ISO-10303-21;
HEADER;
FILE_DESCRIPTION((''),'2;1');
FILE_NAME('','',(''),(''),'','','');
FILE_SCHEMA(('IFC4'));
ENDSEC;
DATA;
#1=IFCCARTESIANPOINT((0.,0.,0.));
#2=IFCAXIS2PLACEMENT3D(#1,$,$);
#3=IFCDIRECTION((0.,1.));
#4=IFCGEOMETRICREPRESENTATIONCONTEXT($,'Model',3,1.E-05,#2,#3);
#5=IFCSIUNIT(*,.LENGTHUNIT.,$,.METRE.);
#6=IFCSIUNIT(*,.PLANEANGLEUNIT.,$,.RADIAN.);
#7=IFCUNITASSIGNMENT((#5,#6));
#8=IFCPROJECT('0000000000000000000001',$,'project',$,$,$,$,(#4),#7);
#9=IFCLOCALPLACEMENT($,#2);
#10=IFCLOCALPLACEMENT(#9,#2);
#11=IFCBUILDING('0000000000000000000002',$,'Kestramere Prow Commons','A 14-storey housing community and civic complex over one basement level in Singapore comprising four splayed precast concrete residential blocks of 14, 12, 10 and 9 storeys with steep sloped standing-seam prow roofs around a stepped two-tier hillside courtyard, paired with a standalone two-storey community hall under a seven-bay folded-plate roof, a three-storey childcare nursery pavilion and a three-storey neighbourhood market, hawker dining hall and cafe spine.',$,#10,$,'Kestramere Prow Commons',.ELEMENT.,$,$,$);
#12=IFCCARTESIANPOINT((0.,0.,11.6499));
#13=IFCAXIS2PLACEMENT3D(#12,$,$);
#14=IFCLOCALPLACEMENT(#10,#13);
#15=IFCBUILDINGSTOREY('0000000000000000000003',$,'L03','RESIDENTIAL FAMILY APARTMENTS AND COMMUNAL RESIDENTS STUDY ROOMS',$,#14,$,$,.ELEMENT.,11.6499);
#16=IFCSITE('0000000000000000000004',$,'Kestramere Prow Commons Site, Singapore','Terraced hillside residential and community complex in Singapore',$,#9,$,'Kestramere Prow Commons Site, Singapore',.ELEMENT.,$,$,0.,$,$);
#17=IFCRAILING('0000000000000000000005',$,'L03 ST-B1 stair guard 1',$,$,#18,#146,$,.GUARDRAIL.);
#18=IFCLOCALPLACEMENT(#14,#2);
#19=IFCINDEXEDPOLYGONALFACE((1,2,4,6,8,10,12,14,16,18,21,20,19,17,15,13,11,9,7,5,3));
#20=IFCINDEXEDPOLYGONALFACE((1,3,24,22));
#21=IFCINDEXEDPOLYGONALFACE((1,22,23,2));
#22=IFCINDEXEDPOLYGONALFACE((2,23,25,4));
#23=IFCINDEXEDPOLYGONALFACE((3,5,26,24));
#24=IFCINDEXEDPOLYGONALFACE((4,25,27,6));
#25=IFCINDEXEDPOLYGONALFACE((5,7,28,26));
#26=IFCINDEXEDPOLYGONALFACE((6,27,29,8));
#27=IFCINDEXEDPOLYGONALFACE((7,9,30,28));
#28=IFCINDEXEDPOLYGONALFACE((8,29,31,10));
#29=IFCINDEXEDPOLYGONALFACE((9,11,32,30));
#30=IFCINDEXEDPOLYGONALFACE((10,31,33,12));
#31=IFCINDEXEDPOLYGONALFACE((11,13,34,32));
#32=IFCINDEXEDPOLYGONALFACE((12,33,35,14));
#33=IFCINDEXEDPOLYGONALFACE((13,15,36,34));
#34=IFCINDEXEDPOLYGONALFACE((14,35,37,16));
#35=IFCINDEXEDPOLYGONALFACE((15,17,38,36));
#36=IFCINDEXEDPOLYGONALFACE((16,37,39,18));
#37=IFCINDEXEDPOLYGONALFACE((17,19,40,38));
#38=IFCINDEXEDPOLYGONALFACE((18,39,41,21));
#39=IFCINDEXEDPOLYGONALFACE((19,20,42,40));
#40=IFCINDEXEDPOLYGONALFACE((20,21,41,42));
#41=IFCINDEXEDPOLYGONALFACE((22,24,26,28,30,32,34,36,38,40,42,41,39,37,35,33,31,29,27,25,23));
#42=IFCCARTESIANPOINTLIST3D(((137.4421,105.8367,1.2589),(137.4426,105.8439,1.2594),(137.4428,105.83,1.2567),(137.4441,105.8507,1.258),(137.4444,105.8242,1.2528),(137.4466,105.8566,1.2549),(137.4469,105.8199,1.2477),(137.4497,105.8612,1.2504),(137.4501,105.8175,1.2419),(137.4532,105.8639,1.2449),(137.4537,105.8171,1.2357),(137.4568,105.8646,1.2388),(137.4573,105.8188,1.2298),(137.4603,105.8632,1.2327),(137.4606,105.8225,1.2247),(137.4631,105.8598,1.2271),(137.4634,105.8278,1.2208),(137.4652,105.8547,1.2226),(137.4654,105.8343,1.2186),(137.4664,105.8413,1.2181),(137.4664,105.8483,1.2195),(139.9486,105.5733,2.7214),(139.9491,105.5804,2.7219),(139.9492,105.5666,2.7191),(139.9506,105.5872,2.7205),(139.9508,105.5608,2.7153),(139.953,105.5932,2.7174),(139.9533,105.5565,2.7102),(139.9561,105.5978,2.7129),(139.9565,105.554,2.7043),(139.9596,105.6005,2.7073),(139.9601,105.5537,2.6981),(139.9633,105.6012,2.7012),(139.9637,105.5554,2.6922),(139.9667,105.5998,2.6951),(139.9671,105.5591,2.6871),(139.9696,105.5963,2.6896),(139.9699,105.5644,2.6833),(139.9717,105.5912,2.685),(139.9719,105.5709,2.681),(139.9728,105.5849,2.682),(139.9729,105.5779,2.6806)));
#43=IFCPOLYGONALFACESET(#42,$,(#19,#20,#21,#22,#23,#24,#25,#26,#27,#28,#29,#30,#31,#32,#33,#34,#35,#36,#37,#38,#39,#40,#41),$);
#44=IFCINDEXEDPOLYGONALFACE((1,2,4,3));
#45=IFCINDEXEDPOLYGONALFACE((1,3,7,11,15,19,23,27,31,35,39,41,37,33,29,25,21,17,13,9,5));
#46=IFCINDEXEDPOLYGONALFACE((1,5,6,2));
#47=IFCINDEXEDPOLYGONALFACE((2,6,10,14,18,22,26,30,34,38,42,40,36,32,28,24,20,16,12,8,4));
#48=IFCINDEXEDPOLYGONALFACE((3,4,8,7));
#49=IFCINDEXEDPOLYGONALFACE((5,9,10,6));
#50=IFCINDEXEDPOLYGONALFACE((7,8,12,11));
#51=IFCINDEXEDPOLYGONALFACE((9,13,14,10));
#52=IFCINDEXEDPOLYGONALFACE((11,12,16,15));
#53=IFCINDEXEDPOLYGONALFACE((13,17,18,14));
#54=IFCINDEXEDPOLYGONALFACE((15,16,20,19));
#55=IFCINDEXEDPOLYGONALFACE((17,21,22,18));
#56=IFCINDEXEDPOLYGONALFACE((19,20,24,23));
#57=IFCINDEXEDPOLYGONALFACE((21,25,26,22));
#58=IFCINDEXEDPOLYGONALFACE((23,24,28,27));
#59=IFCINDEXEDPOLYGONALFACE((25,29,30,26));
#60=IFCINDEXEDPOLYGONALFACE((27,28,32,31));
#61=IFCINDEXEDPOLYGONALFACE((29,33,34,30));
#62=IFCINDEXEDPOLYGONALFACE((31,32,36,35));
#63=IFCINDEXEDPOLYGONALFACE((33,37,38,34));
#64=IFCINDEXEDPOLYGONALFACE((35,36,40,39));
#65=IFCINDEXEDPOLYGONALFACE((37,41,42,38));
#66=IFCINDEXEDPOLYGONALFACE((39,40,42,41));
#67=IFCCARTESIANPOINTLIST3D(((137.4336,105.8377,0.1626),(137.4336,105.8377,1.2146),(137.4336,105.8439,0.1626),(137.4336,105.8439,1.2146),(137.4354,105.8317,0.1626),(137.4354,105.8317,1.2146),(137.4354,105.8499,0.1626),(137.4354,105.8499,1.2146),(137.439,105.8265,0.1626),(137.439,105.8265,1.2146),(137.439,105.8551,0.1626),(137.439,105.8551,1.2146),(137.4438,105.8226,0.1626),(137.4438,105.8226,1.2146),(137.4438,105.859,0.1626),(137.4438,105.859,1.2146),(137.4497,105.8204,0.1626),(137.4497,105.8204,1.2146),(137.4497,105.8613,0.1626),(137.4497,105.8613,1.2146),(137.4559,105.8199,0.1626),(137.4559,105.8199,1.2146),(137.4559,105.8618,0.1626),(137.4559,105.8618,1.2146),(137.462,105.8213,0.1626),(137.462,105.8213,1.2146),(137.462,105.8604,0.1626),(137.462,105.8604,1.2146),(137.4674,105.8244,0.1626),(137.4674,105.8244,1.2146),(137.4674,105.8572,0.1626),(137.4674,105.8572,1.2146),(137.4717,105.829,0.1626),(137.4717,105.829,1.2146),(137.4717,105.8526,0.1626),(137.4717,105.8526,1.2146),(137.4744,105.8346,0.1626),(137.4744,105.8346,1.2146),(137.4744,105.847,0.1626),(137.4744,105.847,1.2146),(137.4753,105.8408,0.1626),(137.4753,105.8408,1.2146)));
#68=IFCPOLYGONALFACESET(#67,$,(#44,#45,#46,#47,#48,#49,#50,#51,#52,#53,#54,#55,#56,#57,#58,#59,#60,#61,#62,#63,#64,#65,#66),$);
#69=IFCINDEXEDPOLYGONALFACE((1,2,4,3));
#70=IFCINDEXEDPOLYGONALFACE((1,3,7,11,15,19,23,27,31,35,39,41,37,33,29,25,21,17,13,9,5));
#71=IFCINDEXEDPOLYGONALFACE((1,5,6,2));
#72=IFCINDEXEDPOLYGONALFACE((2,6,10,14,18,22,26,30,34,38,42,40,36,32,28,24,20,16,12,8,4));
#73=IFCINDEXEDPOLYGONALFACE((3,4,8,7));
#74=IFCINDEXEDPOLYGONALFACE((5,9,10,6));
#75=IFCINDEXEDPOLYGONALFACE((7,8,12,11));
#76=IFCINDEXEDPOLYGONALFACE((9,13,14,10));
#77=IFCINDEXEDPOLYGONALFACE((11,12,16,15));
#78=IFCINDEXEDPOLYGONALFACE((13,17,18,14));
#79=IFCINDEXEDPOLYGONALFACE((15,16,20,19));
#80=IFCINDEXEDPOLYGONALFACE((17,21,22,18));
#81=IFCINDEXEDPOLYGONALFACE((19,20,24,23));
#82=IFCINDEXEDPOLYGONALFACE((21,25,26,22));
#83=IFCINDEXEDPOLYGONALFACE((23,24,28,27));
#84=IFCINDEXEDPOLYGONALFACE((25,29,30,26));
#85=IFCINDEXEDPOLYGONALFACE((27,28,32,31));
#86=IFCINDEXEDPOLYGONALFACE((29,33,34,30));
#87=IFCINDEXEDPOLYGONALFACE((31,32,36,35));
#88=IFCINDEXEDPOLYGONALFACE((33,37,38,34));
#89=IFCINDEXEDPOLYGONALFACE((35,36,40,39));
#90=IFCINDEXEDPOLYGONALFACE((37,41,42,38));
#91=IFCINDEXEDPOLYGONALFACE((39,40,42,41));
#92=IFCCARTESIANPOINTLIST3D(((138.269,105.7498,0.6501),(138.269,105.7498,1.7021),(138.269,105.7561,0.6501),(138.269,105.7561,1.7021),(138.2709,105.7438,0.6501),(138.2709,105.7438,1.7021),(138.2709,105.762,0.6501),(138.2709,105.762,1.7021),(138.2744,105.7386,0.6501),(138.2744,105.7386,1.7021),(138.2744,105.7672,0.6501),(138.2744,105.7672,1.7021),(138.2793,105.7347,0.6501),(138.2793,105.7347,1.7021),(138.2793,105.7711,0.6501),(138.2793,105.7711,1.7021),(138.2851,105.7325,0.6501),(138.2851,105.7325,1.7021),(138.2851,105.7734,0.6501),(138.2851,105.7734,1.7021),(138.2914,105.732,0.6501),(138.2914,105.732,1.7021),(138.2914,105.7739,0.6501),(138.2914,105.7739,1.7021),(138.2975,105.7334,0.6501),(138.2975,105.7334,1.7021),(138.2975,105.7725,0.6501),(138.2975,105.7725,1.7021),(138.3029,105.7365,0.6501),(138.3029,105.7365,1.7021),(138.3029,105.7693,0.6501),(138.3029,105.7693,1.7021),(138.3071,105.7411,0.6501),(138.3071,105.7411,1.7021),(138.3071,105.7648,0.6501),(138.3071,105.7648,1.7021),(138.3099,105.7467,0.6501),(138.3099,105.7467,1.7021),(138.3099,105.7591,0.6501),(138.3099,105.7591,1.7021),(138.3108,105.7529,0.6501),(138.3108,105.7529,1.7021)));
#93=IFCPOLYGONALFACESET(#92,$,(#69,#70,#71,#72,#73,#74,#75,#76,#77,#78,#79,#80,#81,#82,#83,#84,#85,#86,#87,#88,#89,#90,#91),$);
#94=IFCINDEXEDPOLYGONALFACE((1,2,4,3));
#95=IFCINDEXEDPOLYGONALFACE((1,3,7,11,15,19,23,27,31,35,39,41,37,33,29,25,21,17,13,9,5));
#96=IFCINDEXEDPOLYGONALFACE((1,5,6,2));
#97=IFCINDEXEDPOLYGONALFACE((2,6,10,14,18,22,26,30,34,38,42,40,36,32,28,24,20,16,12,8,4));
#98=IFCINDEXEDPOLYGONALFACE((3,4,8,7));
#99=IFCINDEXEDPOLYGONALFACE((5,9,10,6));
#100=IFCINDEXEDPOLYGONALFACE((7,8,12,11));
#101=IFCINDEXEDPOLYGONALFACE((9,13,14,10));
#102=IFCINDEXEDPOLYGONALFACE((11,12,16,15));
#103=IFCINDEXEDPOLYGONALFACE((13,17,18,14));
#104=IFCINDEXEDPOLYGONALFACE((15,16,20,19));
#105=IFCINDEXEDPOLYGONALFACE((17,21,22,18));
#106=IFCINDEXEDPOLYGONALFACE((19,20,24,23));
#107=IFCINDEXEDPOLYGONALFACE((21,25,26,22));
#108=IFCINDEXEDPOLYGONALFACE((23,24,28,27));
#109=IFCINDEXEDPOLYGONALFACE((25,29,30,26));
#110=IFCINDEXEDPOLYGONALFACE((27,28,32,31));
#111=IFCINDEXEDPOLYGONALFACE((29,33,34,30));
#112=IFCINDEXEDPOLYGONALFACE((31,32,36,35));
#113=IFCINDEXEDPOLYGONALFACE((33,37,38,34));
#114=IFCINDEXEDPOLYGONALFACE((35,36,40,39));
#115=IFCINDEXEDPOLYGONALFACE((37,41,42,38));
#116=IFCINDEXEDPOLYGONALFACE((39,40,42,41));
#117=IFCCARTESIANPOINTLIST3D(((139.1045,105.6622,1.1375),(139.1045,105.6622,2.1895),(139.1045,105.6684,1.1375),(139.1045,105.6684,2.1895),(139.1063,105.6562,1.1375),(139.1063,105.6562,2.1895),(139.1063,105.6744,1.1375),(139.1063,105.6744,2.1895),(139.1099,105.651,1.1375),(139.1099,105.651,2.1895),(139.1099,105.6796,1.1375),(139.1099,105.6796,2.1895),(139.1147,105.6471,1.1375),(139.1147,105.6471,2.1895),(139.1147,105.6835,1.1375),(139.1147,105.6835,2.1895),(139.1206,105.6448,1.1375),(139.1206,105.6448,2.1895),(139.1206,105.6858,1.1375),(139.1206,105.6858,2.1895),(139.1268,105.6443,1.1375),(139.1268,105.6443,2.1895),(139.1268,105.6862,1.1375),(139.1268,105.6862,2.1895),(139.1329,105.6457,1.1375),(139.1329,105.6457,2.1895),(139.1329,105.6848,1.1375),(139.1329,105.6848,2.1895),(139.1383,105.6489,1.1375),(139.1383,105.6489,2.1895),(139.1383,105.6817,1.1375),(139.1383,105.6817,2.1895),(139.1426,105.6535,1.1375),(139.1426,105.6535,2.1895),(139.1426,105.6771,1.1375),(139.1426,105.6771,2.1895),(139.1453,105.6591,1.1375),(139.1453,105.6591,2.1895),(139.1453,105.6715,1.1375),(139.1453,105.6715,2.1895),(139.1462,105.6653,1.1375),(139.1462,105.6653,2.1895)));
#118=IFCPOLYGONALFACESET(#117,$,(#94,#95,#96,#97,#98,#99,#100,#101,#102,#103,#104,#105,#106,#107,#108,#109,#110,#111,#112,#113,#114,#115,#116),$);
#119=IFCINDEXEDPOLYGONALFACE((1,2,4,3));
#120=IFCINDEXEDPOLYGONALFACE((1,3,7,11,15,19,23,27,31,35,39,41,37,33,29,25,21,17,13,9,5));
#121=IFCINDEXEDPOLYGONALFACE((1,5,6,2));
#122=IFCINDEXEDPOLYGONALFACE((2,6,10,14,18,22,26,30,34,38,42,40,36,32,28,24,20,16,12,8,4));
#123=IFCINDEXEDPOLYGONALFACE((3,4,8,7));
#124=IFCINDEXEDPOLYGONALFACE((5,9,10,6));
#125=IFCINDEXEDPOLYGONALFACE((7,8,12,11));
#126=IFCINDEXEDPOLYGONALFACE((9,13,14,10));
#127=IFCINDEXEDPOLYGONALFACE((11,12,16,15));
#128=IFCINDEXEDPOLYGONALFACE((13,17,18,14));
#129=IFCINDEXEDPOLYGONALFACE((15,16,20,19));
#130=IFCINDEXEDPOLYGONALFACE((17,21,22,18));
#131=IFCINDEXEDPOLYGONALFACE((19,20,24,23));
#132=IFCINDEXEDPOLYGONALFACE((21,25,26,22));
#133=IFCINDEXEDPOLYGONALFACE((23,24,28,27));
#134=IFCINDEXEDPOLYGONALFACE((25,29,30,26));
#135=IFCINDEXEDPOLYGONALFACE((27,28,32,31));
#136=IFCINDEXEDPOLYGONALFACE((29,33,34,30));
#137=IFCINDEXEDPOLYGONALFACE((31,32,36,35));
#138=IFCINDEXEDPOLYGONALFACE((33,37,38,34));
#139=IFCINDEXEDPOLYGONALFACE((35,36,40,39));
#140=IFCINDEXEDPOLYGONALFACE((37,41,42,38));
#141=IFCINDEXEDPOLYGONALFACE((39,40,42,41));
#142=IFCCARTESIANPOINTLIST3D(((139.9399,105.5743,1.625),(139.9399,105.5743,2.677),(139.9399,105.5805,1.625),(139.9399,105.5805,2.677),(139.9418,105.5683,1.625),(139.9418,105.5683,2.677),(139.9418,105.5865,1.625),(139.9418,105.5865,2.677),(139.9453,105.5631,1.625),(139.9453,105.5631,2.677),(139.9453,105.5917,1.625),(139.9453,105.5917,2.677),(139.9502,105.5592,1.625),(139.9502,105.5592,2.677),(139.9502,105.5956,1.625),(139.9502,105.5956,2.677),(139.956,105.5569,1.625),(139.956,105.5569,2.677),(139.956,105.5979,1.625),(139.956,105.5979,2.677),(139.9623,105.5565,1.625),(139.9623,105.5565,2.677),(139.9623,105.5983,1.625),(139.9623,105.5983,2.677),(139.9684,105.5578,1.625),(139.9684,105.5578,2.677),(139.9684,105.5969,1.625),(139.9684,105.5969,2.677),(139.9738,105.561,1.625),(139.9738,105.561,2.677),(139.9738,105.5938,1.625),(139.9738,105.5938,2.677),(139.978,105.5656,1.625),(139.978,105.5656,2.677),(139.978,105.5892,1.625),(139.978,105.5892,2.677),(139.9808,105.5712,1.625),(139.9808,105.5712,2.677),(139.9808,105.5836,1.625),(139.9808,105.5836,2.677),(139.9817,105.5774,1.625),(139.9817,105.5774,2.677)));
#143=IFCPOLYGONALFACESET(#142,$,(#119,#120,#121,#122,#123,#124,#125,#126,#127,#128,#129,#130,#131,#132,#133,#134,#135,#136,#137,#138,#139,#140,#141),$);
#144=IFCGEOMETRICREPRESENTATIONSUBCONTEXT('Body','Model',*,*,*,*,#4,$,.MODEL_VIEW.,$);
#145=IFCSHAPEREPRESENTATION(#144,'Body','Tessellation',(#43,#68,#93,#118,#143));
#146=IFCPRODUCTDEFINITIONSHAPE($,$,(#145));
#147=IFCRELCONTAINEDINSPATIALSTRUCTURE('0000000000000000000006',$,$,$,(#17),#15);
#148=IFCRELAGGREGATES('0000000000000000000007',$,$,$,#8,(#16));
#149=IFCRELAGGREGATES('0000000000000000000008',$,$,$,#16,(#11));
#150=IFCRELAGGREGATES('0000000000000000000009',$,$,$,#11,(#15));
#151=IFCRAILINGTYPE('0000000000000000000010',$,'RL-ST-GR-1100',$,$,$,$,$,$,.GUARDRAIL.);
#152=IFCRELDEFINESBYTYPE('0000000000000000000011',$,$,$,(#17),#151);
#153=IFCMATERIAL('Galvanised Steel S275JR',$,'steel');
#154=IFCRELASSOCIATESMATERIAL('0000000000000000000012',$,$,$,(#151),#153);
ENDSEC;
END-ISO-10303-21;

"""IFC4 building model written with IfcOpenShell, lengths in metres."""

from ifc_helpers import new_model, si_unit, direction, frame, origin, origin_2d, place, context, subcontext, project, spatial, circle, extrude, material, type_object, element, save


model = new_model("IFC4")

# Units and contexts
model_context = context("Model", 3, precision=1e-05, world=origin(), true_north=direction((0.0, 1.0)))
body_context = subcontext(model_context, "Body", "Model", "MODEL_VIEW")
ifc_project = project(units=[si_unit("LENGTHUNIT", "METRE"), si_unit("PLANEANGLEUNIT", "RADIAN")], contexts=[model_context])

# Site, building, storey
site_placement = place(None, origin())
site = spatial("IfcSite", under=ifc_project, at=site_placement, Name="Kestramere Prow Commons Site, Singapore", Description="Terraced hillside residential and community complex in Singapore", LongName="Kestramere Prow Commons Site, Singapore", CompositionType="ELEMENT", RefElevation=0.0)
building_placement = place(site_placement, origin())
building = spatial("IfcBuilding", under=site, at=building_placement, Name="Kestramere Prow Commons", Description="A 14-storey housing community and civic complex over one basement level in Singapore comprising four splayed precast concrete residential blocks of 14, 12, 10 and 9 storeys with steep sloped standing-seam prow roofs around a stepped two-tier hillside courtyard, paired with a standalone two-storey community hall under a seven-bay folded-plate roof, a three-storey childcare nursery pavilion and a three-storey neighbourhood market, hawker dining hall and cafe spine.", LongName="Kestramere Prow Commons", CompositionType="ELEMENT")
storey_placement = place(building_placement, frame((0.0, 0.0, 11.6499)))
storey = spatial("IfcBuildingStorey", under=building, at=storey_placement, Name="L03", Description="RESIDENTIAL FAMILY APARTMENTS AND COMMUNAL RESIDENTS STUDY ROOMS", CompositionType="ELEMENT", Elevation=11.6499)

# Railing
ifc_material_1 = material(Name="Galvanised Steel S275JR", Category="steel")
railing_type_1 = type_object("IfcRailingType", Name="RL-ST-GR-1100", PredefinedType="GUARDRAIL", material=ifc_material_1)
railing_1_placement = place(storey_placement, frame((137.4543, 105.8408, 0.1626)))
element("IfcRailing", 1, at=railing_1_placement, inside=storey, type_object=railing_type_1, Name="L03 ST-B1 stair guard 1", PredefinedType="GUARDRAIL", context=body_context, shape_type="SweptSolid", body=[
    extrude(circle(Radius=0.0239, at=origin_2d()), frame((0.0, 0.0, 1.0762), z_axis=(0.860187, -0.090409, 0.501901), x_axis=(0.104528, 0.994522, 0.0)), (0.0, 0.0, 1.0), 2.9138),
    extrude(circle(Radius=0.021, at=origin_2d()), origin(), (0.0, 0.0, 1.0), 1.052),
    extrude(circle(Radius=0.021, at=origin_2d()), frame((0.8354, -0.0879, 0.4875)), (0.0, 0.0, 1.0), 1.052),
    extrude(circle(Radius=0.021, at=origin_2d()), frame((1.6709, -0.1755, 0.9749)), (0.0, 0.0, 1.0), 1.052),
    extrude(circle(Radius=0.021, at=origin_2d()), frame((2.5063, -0.2634, 1.4624)), (0.0, 0.0, 1.0), 1.052),
])

save(model, "model.ifc")
